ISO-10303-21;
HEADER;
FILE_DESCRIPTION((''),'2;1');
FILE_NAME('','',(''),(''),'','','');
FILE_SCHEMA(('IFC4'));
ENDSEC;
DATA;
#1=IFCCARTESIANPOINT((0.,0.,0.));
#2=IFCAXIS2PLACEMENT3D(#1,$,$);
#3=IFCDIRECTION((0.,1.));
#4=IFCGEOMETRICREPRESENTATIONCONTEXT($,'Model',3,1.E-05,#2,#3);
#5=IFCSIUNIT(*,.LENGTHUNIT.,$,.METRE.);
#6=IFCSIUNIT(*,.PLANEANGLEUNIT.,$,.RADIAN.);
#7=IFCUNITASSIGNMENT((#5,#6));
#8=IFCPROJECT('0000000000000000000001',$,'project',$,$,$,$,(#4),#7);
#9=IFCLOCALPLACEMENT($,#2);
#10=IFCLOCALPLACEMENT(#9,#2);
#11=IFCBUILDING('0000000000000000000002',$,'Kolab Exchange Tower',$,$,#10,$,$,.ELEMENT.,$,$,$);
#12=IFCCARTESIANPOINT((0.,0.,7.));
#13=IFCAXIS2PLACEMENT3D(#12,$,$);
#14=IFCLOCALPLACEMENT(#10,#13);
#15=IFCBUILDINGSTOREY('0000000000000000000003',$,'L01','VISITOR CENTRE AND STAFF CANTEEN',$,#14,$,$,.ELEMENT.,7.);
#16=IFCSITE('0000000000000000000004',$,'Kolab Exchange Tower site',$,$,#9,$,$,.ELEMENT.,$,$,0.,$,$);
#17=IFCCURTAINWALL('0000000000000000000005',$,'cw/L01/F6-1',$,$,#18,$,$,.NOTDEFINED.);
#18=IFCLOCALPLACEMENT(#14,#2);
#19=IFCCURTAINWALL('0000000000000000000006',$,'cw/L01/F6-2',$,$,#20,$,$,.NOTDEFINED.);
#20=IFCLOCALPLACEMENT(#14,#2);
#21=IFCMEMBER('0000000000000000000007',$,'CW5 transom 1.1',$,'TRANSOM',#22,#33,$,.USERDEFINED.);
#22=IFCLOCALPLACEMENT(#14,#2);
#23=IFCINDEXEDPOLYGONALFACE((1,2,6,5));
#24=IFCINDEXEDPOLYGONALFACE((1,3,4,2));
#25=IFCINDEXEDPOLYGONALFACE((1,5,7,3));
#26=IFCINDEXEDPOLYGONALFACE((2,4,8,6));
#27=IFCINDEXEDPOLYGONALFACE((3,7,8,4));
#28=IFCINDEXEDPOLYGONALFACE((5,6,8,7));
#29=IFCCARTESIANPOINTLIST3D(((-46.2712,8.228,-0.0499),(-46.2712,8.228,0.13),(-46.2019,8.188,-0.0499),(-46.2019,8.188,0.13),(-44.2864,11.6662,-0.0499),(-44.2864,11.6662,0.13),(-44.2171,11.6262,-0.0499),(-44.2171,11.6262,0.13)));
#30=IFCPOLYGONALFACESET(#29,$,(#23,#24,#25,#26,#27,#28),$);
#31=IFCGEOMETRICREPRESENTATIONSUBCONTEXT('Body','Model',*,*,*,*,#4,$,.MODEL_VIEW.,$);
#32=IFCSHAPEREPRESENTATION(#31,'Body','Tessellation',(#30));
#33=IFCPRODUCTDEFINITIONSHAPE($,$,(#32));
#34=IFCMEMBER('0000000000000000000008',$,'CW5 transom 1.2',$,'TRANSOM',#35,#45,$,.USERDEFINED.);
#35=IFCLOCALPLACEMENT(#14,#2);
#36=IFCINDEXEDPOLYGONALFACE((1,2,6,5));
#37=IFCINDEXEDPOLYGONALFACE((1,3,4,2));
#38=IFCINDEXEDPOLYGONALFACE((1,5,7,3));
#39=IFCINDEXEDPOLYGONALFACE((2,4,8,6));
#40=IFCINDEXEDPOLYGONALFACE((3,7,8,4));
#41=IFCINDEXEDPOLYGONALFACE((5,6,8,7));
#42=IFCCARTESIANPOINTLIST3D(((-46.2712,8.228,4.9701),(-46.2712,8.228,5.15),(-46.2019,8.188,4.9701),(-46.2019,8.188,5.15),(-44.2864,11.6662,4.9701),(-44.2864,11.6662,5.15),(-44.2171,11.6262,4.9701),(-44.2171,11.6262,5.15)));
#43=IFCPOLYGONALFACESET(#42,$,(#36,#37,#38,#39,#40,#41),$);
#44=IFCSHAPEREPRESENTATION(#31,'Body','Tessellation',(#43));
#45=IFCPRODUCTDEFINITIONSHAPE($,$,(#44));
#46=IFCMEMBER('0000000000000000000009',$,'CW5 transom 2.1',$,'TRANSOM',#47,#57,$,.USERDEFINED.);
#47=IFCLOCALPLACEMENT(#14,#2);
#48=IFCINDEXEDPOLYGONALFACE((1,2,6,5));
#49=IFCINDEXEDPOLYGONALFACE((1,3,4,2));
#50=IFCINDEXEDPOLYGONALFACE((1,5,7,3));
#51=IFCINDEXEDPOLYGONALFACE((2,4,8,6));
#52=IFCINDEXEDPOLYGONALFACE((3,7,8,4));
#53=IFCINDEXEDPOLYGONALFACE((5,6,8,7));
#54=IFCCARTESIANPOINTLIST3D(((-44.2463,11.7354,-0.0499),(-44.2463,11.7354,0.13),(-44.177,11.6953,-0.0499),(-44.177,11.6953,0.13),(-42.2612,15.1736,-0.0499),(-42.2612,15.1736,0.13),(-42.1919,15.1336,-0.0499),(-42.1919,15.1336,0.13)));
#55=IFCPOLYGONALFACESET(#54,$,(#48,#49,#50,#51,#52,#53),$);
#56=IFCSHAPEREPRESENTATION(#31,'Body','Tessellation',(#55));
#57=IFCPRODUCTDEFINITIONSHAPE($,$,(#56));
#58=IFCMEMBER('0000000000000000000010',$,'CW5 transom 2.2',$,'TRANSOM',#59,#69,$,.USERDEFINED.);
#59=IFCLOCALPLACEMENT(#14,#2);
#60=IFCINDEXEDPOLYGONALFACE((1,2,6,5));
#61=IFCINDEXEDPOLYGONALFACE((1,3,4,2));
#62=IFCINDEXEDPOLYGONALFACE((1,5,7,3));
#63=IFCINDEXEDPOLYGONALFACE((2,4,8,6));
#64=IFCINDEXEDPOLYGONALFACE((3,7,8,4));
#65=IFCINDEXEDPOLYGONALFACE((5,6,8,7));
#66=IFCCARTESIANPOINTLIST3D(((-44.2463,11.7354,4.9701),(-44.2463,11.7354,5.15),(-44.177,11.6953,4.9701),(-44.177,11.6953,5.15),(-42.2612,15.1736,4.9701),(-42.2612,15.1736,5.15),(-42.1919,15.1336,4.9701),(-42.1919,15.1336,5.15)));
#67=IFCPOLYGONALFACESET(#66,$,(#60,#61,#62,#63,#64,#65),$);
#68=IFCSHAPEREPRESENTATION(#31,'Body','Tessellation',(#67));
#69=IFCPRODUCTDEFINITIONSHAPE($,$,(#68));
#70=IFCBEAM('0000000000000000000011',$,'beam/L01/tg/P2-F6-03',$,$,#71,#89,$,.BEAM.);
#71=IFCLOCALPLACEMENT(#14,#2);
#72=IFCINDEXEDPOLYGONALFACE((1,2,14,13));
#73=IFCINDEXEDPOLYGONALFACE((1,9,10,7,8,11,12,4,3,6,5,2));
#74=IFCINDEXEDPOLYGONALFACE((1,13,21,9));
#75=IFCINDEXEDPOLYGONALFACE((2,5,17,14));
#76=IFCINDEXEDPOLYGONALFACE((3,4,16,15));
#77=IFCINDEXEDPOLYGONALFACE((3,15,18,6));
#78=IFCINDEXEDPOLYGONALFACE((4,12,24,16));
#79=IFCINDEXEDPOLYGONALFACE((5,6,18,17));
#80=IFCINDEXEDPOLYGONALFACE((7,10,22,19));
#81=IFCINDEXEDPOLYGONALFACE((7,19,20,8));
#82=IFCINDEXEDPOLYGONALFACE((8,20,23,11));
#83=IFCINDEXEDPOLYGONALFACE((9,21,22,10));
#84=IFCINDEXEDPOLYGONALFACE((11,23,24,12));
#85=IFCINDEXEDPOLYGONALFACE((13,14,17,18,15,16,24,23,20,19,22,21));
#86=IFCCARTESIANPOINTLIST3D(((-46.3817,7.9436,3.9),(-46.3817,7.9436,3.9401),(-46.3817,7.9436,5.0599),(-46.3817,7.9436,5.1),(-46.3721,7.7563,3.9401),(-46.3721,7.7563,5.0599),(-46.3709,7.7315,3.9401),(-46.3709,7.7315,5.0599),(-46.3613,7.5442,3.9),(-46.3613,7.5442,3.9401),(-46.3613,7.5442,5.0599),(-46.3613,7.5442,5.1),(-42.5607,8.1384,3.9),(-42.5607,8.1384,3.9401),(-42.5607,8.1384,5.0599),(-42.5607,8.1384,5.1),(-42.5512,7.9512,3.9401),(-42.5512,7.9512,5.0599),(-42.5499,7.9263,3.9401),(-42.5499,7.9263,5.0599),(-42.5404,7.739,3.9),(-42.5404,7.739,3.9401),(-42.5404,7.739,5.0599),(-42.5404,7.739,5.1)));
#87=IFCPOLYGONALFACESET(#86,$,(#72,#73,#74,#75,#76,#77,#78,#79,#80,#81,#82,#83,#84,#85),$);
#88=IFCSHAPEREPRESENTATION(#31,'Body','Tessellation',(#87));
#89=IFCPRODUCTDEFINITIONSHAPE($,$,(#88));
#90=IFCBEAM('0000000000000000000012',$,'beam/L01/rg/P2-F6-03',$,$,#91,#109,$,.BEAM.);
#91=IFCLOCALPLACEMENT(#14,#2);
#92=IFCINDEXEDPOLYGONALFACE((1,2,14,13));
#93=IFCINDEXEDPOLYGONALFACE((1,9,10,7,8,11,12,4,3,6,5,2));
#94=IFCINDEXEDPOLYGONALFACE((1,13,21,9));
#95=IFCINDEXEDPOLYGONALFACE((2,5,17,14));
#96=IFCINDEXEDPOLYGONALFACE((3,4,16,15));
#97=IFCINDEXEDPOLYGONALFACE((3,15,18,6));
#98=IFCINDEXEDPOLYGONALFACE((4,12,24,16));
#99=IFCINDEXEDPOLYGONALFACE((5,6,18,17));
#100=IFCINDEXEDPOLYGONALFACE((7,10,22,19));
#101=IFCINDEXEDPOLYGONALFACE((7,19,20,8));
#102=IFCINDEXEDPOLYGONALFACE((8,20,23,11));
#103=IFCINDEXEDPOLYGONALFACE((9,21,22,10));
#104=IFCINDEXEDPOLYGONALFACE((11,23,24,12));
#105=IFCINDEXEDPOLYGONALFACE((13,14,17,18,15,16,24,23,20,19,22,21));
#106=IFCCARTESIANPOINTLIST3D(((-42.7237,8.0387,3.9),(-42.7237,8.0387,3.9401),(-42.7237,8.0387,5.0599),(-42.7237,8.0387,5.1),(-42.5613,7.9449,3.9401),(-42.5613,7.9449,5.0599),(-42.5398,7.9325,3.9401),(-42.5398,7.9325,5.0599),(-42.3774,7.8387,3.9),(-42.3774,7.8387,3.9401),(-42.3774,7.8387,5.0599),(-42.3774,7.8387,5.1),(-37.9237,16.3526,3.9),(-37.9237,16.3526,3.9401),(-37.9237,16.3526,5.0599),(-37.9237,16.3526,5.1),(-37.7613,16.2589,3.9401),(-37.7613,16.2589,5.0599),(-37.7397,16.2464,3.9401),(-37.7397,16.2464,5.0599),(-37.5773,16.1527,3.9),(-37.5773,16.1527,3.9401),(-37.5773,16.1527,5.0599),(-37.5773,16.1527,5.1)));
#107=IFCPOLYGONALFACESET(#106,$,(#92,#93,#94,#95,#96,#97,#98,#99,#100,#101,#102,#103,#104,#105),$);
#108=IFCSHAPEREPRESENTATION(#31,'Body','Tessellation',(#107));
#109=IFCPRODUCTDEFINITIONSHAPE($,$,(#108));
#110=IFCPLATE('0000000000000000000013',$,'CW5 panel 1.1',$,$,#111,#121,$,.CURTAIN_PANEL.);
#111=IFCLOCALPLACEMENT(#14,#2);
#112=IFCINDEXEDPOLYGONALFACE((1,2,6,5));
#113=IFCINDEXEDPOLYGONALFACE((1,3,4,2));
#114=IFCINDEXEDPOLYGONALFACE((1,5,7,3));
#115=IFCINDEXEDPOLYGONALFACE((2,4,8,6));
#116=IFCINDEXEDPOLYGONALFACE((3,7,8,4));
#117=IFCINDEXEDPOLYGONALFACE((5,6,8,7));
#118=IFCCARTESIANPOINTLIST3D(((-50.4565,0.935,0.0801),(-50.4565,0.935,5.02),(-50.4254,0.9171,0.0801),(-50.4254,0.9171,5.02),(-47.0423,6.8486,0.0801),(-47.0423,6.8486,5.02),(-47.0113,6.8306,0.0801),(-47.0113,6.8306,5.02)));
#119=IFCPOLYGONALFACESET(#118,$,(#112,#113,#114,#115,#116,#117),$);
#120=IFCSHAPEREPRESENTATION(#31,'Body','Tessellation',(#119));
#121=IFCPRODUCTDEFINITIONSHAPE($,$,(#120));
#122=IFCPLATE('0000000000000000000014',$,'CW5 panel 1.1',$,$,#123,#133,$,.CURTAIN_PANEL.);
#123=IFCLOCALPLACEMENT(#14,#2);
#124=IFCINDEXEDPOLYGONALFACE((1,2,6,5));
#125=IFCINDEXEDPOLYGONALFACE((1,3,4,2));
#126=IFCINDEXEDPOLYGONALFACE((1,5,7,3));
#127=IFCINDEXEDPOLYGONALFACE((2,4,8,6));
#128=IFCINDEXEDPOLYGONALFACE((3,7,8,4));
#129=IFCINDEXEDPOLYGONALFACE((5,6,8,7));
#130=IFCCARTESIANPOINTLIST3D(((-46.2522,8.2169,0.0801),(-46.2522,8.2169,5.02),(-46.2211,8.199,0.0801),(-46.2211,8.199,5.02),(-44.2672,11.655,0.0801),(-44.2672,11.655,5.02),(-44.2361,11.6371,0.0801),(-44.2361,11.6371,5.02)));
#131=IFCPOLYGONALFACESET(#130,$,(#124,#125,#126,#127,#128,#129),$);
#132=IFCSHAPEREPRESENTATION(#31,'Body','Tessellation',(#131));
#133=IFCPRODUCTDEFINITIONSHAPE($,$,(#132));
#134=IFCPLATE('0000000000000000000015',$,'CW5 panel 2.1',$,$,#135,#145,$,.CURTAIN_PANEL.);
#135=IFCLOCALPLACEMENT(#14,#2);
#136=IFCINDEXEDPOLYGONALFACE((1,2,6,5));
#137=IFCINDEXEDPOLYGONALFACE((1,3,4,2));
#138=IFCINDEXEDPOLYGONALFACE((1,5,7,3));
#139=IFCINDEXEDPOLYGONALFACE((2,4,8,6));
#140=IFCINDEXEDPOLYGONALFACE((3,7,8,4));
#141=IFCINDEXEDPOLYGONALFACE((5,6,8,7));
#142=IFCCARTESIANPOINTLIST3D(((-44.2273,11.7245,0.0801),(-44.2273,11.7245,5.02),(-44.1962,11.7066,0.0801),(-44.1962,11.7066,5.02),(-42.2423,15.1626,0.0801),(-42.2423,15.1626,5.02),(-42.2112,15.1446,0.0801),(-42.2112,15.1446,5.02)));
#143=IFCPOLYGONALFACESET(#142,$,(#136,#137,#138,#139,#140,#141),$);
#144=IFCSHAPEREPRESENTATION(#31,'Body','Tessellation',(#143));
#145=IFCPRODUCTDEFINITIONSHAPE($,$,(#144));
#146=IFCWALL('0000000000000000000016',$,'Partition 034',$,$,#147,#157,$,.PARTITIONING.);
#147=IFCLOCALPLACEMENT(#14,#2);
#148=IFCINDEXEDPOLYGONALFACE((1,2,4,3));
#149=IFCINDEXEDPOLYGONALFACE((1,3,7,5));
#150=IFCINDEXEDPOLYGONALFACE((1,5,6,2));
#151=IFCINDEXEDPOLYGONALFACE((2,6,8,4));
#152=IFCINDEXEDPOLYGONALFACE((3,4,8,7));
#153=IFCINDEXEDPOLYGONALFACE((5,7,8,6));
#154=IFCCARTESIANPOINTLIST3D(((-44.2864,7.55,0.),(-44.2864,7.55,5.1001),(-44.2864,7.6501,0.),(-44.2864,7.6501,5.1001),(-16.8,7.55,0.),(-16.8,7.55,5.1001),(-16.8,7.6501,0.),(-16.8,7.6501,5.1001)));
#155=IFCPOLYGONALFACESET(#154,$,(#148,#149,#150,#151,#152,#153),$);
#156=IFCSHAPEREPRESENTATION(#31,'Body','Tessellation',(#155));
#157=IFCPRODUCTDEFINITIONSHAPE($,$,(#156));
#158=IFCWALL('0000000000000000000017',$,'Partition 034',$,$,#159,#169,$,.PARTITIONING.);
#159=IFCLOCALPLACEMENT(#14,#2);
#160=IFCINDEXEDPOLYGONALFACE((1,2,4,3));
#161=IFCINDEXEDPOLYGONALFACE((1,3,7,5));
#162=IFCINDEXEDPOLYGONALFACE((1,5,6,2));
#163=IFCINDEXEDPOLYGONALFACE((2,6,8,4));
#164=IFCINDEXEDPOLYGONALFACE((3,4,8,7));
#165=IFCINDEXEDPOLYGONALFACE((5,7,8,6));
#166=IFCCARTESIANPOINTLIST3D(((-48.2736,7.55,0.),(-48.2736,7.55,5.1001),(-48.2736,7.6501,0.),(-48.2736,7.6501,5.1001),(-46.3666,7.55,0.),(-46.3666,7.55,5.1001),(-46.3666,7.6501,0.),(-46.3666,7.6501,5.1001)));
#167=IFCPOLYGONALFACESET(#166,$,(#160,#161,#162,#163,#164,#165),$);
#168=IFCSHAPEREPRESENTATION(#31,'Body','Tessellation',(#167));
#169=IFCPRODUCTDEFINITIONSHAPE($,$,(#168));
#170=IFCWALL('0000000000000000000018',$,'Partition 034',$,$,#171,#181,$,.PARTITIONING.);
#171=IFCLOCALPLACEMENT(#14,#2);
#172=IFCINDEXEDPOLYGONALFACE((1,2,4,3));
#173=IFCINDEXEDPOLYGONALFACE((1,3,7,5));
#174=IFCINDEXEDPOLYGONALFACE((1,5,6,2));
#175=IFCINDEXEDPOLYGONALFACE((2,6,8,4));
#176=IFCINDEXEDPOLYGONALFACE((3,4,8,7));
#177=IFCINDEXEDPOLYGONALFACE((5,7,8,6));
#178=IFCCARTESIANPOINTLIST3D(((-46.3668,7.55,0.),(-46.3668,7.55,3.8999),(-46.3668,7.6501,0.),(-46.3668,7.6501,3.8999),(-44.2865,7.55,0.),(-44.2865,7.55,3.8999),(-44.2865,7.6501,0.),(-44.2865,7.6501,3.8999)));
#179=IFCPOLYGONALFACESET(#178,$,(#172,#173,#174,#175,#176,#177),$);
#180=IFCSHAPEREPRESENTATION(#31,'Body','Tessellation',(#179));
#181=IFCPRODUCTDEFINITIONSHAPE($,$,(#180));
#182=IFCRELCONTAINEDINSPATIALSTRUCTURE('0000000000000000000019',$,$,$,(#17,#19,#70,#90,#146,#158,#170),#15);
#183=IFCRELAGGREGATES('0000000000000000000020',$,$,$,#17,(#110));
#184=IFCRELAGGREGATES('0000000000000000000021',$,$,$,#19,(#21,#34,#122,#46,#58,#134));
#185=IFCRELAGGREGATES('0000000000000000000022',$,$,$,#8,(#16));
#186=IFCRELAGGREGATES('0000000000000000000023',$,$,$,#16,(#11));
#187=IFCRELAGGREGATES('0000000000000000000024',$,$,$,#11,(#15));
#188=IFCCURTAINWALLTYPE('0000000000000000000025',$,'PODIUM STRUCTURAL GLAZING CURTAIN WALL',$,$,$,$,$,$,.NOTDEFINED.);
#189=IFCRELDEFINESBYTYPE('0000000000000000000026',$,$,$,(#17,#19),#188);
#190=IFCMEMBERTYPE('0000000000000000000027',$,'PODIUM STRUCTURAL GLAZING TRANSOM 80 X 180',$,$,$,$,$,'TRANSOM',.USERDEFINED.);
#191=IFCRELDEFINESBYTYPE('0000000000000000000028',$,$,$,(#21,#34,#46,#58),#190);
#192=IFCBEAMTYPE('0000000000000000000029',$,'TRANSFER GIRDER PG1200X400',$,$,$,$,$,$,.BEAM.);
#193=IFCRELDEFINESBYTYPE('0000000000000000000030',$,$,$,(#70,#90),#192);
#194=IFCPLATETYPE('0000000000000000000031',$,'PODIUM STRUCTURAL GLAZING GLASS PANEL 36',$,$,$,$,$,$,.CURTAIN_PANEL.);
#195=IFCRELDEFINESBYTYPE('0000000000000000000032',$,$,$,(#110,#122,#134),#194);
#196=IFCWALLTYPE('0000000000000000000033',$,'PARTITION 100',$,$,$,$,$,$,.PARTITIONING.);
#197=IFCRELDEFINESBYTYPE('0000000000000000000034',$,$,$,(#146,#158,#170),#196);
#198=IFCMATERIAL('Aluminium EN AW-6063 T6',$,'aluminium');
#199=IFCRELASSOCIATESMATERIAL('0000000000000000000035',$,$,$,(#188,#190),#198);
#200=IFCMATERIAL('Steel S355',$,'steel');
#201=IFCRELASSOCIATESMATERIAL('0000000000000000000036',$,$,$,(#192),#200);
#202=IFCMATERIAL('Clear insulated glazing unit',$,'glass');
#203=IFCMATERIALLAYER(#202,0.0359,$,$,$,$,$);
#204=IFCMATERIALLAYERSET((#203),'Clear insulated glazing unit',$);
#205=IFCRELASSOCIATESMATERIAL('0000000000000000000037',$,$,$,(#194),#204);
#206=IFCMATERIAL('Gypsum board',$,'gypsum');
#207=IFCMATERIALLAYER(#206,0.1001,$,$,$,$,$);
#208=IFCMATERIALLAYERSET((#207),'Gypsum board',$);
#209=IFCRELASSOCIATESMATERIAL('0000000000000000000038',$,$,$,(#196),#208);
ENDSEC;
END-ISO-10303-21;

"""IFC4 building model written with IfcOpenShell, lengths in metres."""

from ifc_helpers import new_model, si_unit, direction, frame, frame_2d, origin, origin_2d, place, context, subcontext, project, spatial, rectangle, i_section, extrude, material, layer, layer_set, material_profile, profile_set, type_object, element, aggregate, save


model = new_model("IFC4")

# Units and contexts
model_context = context("Model", 3, precision=1e-05, world=origin(), true_north=direction((0.0, 1.0)))
body_context = subcontext(model_context, "Body", "Model", "MODEL_VIEW")
ifc_project = project(units=[si_unit("LENGTHUNIT", "METRE"), si_unit("PLANEANGLEUNIT", "RADIAN")], contexts=[model_context])

# Site, building, storey
site_placement = place(None, origin())
site = spatial("IfcSite", under=ifc_project, at=site_placement, Name="Kolab Exchange Tower site", CompositionType="ELEMENT", RefElevation=0.0)
building_placement = place(site_placement, origin())
building = spatial("IfcBuilding", under=site, at=building_placement, Name="Kolab Exchange Tower", CompositionType="ELEMENT")
storey_placement = place(building_placement, frame((0.0, 0.0, 7.0)))
storey = spatial("IfcBuildingStorey", under=building, at=storey_placement, Name="L01", Description="VISITOR CENTRE AND STAFF CANTEEN", CompositionType="ELEMENT", Elevation=7.0)

# Shared definitions
ifc_material_1 = material(Name="Steel S355", Category="steel")

# Curtain walls
ifc_material_2 = material(Name="Aluminium EN AW-6063 T6", Category="aluminium")
curtain_wall_type = type_object("IfcCurtainWallType", Name="PODIUM STRUCTURAL GLAZING CURTAIN WALL", PredefinedType="NOTDEFINED", material=ifc_material_2)
curtain_wall_1_placement = place(storey_placement, origin())
curtain_wall_1 = element("IfcCurtainWall", 1, at=curtain_wall_1_placement, inside=storey, type_object=curtain_wall_type, Name="cw/L01/F6-1", PredefinedType="NOTDEFINED")
curtain_wall_2_placement = place(storey_placement, origin())
curtain_wall_2 = element("IfcCurtainWall", 2, at=curtain_wall_2_placement, inside=storey, type_object=curtain_wall_type, Name="cw/L01/F6-2", PredefinedType="NOTDEFINED")

# Members
ifc_material_profile_1 = material_profile(ifc_material_2, rectangle(XDim=0.0801, YDim=0.1799, at=origin_2d()), Name="RECT 80X180")
ifc_profile_set_1 = profile_set([ifc_material_profile_1], Name="Aluminium EN AW-6063 T6")
member_type_1 = type_object("IfcMemberType", Name="PODIUM STRUCTURAL GLAZING TRANSOM 80 X 180", ElementType="TRANSOM", PredefinedType="USERDEFINED", material=ifc_profile_set_1)
member_1_placement = place(storey_placement, frame((-46.2366, 8.208, 0.04), z_axis=(0.499962, 0.866047, 0.0), x_axis=(-0.866047, 0.499962, 0.0)))
member_1 = element("IfcMember", 3, at=member_1_placement, type_object=member_type_1, Name="CW5 transom 1.1", ObjectType="TRANSOM", PredefinedType="USERDEFINED", context=body_context, shape_type="SweptSolid", body=[
    extrude(rectangle(XDim=0.0801, YDim=0.1799, at=origin_2d()), origin(), (0.0, 0.0, 1.0), 3.97),
])
member_2_placement = place(storey_placement, frame((-46.2366, 8.208, 5.0601), z_axis=(0.499962, 0.866047, 0.0), x_axis=(-0.866047, 0.499962, 0.0)))
member_2 = element("IfcMember", 4, at=member_2_placement, type_object=member_type_1, Name="CW5 transom 1.2", ObjectType="TRANSOM", PredefinedType="USERDEFINED", context=body_context, shape_type="SweptSolid", body=[
    extrude(rectangle(XDim=0.0801, YDim=0.1799, at=origin_2d()), origin(), (0.0, 0.0, 1.0), 3.97),
])
member_3_placement = place(storey_placement, frame((-44.2117, 11.7153, 0.04), z_axis=(0.500008, 0.866021, 0.0), x_axis=(-0.866021, 0.500008, 0.0)))
member_3 = element("IfcMember", 5, at=member_3_placement, type_object=member_type_1, Name="CW5 transom 2.1", ObjectType="TRANSOM", PredefinedType="USERDEFINED", context=body_context, shape_type="SweptSolid", body=[
    extrude(rectangle(XDim=0.0801, YDim=0.1799, at=origin_2d()), origin(), (0.0, 0.0, 1.0), 3.9702),
])
member_4_placement = place(storey_placement, frame((-44.2117, 11.7153, 5.0601), z_axis=(0.500008, 0.866021, 0.0), x_axis=(-0.866021, 0.500008, 0.0)))
member_4 = element("IfcMember", 6, at=member_4_placement, type_object=member_type_1, Name="CW5 transom 2.2", ObjectType="TRANSOM", PredefinedType="USERDEFINED", context=body_context, shape_type="SweptSolid", body=[
    extrude(rectangle(XDim=0.0801, YDim=0.1799, at=origin_2d()), origin(), (0.0, 0.0, 1.0), 3.9702),
])

# Beams
ifc_material_profile_2 = material_profile(ifc_material_1, i_section(OverallWidth=0.3999, OverallDepth=1.2, WebThickness=0.0249, FlangeThickness=0.04, at=origin_2d()), Name="PG1200X400")
ifc_profile_set_2 = profile_set([ifc_material_profile_2], Name="Steel S355")
beam_type_1 = type_object("IfcBeamType", Name="TRANSFER GIRDER PG1200X400", PredefinedType="BEAM", material=ifc_profile_set_2)
beam_1_placement = place(storey_placement, frame((-42.5505, 7.9387, 4.5), z_axis=(-0.998703, -0.050921, 0.0), x_axis=(0.050921, -0.998703, 0.0)))
element("IfcBeam", 7, at=beam_1_placement, inside=storey, type_object=beam_type_1, Name="beam/L01/tg/P2-F6-03", PredefinedType="BEAM", context=body_context, shape_type="SweptSolid", body=[
    extrude(i_section(OverallWidth=0.3999, OverallDepth=1.2, WebThickness=0.0249, FlangeThickness=0.04, at=origin_2d()), origin(), (0.0, 0.0, 1.0), 3.8259),
])
beam_2_placement = place(storey_placement, frame((-42.5505, 7.9387, 4.5), z_axis=(0.499998, 0.866026, 0.0), x_axis=(-0.866026, 0.499998, 0.0)))
element("IfcBeam", 8, at=beam_2_placement, inside=storey, type_object=beam_type_1, Name="beam/L01/rg/P2-F6-03", PredefinedType="BEAM", context=body_context, shape_type="SweptSolid", body=[
    extrude(i_section(OverallWidth=0.3999, OverallDepth=1.2, WebThickness=0.0249, FlangeThickness=0.04, at=origin_2d()), origin(), (0.0, 0.0, 1.0), 9.6001),
])

# Plates
ifc_material_3 = material(Name="Clear insulated glazing unit", Category="glass")
ifc_layer_1 = layer(ifc_material_3, 0.0359)
ifc_layer_set_1 = layer_set([ifc_layer_1], Name="Clear insulated glazing unit")
plate_type = type_object("IfcPlateType", Name="PODIUM STRUCTURAL GLAZING GLASS PANEL 36", PredefinedType="CURTAIN_PANEL", material=ifc_layer_set_1)
plate_1_placement = place(storey_placement, frame((-48.7339, 3.8828, 0.0801), z_axis=(0.0, 0.0, 1.0), x_axis=(0.5, 0.866025, 0.0)))
plate_1 = element("IfcPlate", 9, at=plate_1_placement, type_object=plate_type, Name="CW5 panel 1.1", PredefinedType="CURTAIN_PANEL", context=body_context, shape_type="SweptSolid", body=[
    extrude(rectangle(XDim=6.8284, YDim=0.0359, at=origin_2d()), origin(), (0.0, 0.0, 1.0), 4.9399),
])
aggregate(curtain_wall_1, [plate_1])
plate_2_placement = place(storey_placement, frame((-45.2441, 9.927, 0.0801), z_axis=(0.0, 0.0, 1.0), x_axis=(0.5, 0.866025, 0.0)))
plate_2 = element("IfcPlate", 10, at=plate_2_placement, type_object=plate_type, Name="CW5 panel 1.1", PredefinedType="CURTAIN_PANEL", context=body_context, shape_type="SweptSolid", body=[
    extrude(rectangle(XDim=3.97, YDim=0.0359, at=origin_2d()), origin(), (0.0, 0.0, 1.0), 4.9399),
])
plate_3_placement = place(storey_placement, frame((-43.2192, 13.4346, 0.0801), z_axis=(0.0, 0.0, 1.0), x_axis=(0.5, 0.866025, 0.0)))
plate_3 = element("IfcPlate", 11, at=plate_3_placement, type_object=plate_type, Name="CW5 panel 2.1", PredefinedType="CURTAIN_PANEL", context=body_context, shape_type="SweptSolid", body=[
    extrude(rectangle(XDim=3.97, YDim=0.0359, at=origin_2d()), origin(), (0.0, 0.0, 1.0), 4.9399),
])
aggregate(curtain_wall_2, [member_1, member_2, plate_2, member_3, member_4, plate_3])

# Walls
ifc_material_4 = material(Name="Gypsum board", Category="gypsum")
ifc_layer_2 = layer(ifc_material_4, 0.1001)
ifc_layer_set_2 = layer_set([ifc_layer_2], Name="Gypsum board")
wall_type_1 = type_object("IfcWallType", Name="PARTITION 100", PredefinedType="PARTITIONING", material=ifc_layer_set_2)
wall_1_placement = place(storey_placement, frame((-44.2864, 7.6001, 0.0), z_axis=(0.0, 0.0, 1.0), x_axis=(1.0, 0.0, 0.0)))
element("IfcWall", 12, at=wall_1_placement, inside=storey, type_object=wall_type_1, Name="Partition 034", PredefinedType="PARTITIONING", context=body_context, shape_type="SweptSolid", body=[
    extrude(rectangle(XDim=27.4863, YDim=0.1001, at=frame_2d((13.7432, 0.0))), origin(), (0.0, 0.0, 1.0), 5.1001),
])
wall_2_placement = place(storey_placement, frame((-48.2737, 7.6001, 0.0), z_axis=(0.0, 0.0, 1.0), x_axis=(1.0, 0.0, 0.0)))
element("IfcWall", 13, at=wall_2_placement, inside=storey, type_object=wall_type_1, Name="Partition 034", PredefinedType="PARTITIONING", context=body_context, shape_type="SweptSolid", body=[
    extrude(rectangle(XDim=1.907, YDim=0.1001, at=frame_2d((0.9536, 0.0))), origin(), (0.0, 0.0, 1.0), 5.1001),
])
wall_3_placement = place(storey_placement, frame((-46.3667, 7.6001, 0.0), z_axis=(0.0, 0.0, 1.0), x_axis=(1.0, 0.0, 0.0)))
element("IfcWall", 14, at=wall_3_placement, inside=storey, type_object=wall_type_1, Name="Partition 034", PredefinedType="PARTITIONING", context=body_context, shape_type="SweptSolid", body=[
    extrude(rectangle(XDim=2.0803, YDim=0.1001, at=frame_2d((1.04, 0.0))), origin(), (0.0, 0.0, 1.0), 3.8999),
])

save(model, "model.ifc")
